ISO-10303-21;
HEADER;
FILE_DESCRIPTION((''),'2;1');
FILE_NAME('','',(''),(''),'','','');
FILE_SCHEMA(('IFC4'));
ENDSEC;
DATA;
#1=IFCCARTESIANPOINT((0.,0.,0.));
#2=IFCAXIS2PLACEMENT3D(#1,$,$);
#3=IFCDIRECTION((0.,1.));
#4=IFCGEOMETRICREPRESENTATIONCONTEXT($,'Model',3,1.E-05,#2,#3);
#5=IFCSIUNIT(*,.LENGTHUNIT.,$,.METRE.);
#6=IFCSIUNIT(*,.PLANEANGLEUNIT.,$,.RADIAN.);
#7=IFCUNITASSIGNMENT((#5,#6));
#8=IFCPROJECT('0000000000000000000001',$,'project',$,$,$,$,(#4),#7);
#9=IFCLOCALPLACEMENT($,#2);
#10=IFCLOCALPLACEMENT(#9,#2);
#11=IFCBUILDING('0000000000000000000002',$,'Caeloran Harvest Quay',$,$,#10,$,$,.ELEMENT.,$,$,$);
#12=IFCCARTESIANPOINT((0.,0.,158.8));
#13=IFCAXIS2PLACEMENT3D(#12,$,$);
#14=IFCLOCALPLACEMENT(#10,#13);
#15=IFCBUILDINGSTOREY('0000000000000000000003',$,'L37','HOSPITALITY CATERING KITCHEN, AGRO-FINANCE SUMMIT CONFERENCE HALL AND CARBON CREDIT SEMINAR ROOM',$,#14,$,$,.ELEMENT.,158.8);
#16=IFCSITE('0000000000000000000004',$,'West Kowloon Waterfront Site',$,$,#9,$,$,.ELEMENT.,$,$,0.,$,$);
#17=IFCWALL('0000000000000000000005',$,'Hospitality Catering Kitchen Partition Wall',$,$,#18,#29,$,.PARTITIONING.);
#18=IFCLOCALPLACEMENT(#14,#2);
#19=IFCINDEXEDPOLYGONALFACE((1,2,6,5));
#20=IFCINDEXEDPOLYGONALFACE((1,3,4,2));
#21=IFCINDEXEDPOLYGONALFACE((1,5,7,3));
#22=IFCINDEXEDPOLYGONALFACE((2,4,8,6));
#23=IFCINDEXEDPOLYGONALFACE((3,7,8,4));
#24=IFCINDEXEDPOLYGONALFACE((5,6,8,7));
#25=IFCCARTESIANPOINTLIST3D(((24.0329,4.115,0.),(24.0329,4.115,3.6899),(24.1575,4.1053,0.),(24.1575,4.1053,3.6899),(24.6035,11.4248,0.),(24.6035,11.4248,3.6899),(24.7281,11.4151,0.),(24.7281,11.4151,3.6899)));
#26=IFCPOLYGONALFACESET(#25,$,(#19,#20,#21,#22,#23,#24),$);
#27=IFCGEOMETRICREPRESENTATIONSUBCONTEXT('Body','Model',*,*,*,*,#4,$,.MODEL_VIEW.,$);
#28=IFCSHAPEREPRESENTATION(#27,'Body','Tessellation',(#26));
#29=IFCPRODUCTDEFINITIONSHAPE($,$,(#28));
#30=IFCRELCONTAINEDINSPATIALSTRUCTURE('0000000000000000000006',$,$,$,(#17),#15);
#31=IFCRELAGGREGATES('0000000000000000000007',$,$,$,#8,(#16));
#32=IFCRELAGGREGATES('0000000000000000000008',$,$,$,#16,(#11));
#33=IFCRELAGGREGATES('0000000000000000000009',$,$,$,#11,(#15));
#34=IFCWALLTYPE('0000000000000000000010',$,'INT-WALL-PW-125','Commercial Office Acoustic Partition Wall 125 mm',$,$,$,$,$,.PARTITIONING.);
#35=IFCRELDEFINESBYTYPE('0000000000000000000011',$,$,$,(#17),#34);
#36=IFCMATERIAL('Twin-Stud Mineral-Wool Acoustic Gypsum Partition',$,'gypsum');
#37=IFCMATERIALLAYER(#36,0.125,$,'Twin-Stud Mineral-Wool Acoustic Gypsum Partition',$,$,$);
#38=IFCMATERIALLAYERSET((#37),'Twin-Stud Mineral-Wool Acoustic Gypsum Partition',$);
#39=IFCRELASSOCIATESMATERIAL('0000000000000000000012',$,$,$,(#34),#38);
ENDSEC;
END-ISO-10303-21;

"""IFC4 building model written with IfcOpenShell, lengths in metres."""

from ifc_helpers import new_model, si_unit, direction, frame, frame_2d, origin, place, context, subcontext, project, spatial, rectangle, extrude, material, layer, layer_set, type_object, element, save


model = new_model("IFC4")

# Units and contexts
model_context = context("Model", 3, precision=1e-05, world=origin(), true_north=direction((0.0, 1.0)))
body_context = subcontext(model_context, "Body", "Model", "MODEL_VIEW")
ifc_project = project(units=[si_unit("LENGTHUNIT", "METRE"), si_unit("PLANEANGLEUNIT", "RADIAN")], contexts=[model_context])

# Site, building, storey
site_placement = place(None, origin())
site = spatial("IfcSite", under=ifc_project, at=site_placement, Name="West Kowloon Waterfront Site", CompositionType="ELEMENT", RefElevation=0.0)
building_placement = place(site_placement, origin())
building = spatial("IfcBuilding", under=site, at=building_placement, Name="Caeloran Harvest Quay", CompositionType="ELEMENT")
storey_placement = place(building_placement, frame((0.0, 0.0, 158.8)))
storey = spatial("IfcBuildingStorey", under=building, at=storey_placement, Name="L37", Description="HOSPITALITY CATERING KITCHEN, AGRO-FINANCE SUMMIT CONFERENCE HALL AND CARBON CREDIT SEMINAR ROOM", CompositionType="ELEMENT", Elevation=158.8)

# Wall
ifc_material_1 = material(Name="Twin-Stud Mineral-Wool Acoustic Gypsum Partition", Category="gypsum")
ifc_layer_1 = layer(ifc_material_1, 0.125, Name="Twin-Stud Mineral-Wool Acoustic Gypsum Partition")
ifc_layer_set_1 = layer_set([ifc_layer_1], Name="Twin-Stud Mineral-Wool Acoustic Gypsum Partition")
wall_type_1 = type_object("IfcWallType", Name="INT-WALL-PW-125", Description="Commercial Office Acoustic Partition Wall 125 mm", PredefinedType="PARTITIONING", material=ifc_layer_set_1)
wall_1_placement = place(storey_placement, frame((24.6658, 11.4199, 0.0), z_axis=(0.0, 0.0, 1.0), x_axis=(-0.077817, -0.996968, 0.0)))
element("IfcWall", 1, at=wall_1_placement, inside=storey, type_object=wall_type_1, Name="Hospitality Catering Kitchen Partition Wall", PredefinedType="PARTITIONING", context=body_context, shape_type="SweptSolid", body=[
    extrude(rectangle(XDim=7.332, YDim=0.125, at=frame_2d((3.666, 0.0))), origin(), (0.0, 0.0, 1.0), 3.6899),
])

save(model, "model.ifc")
